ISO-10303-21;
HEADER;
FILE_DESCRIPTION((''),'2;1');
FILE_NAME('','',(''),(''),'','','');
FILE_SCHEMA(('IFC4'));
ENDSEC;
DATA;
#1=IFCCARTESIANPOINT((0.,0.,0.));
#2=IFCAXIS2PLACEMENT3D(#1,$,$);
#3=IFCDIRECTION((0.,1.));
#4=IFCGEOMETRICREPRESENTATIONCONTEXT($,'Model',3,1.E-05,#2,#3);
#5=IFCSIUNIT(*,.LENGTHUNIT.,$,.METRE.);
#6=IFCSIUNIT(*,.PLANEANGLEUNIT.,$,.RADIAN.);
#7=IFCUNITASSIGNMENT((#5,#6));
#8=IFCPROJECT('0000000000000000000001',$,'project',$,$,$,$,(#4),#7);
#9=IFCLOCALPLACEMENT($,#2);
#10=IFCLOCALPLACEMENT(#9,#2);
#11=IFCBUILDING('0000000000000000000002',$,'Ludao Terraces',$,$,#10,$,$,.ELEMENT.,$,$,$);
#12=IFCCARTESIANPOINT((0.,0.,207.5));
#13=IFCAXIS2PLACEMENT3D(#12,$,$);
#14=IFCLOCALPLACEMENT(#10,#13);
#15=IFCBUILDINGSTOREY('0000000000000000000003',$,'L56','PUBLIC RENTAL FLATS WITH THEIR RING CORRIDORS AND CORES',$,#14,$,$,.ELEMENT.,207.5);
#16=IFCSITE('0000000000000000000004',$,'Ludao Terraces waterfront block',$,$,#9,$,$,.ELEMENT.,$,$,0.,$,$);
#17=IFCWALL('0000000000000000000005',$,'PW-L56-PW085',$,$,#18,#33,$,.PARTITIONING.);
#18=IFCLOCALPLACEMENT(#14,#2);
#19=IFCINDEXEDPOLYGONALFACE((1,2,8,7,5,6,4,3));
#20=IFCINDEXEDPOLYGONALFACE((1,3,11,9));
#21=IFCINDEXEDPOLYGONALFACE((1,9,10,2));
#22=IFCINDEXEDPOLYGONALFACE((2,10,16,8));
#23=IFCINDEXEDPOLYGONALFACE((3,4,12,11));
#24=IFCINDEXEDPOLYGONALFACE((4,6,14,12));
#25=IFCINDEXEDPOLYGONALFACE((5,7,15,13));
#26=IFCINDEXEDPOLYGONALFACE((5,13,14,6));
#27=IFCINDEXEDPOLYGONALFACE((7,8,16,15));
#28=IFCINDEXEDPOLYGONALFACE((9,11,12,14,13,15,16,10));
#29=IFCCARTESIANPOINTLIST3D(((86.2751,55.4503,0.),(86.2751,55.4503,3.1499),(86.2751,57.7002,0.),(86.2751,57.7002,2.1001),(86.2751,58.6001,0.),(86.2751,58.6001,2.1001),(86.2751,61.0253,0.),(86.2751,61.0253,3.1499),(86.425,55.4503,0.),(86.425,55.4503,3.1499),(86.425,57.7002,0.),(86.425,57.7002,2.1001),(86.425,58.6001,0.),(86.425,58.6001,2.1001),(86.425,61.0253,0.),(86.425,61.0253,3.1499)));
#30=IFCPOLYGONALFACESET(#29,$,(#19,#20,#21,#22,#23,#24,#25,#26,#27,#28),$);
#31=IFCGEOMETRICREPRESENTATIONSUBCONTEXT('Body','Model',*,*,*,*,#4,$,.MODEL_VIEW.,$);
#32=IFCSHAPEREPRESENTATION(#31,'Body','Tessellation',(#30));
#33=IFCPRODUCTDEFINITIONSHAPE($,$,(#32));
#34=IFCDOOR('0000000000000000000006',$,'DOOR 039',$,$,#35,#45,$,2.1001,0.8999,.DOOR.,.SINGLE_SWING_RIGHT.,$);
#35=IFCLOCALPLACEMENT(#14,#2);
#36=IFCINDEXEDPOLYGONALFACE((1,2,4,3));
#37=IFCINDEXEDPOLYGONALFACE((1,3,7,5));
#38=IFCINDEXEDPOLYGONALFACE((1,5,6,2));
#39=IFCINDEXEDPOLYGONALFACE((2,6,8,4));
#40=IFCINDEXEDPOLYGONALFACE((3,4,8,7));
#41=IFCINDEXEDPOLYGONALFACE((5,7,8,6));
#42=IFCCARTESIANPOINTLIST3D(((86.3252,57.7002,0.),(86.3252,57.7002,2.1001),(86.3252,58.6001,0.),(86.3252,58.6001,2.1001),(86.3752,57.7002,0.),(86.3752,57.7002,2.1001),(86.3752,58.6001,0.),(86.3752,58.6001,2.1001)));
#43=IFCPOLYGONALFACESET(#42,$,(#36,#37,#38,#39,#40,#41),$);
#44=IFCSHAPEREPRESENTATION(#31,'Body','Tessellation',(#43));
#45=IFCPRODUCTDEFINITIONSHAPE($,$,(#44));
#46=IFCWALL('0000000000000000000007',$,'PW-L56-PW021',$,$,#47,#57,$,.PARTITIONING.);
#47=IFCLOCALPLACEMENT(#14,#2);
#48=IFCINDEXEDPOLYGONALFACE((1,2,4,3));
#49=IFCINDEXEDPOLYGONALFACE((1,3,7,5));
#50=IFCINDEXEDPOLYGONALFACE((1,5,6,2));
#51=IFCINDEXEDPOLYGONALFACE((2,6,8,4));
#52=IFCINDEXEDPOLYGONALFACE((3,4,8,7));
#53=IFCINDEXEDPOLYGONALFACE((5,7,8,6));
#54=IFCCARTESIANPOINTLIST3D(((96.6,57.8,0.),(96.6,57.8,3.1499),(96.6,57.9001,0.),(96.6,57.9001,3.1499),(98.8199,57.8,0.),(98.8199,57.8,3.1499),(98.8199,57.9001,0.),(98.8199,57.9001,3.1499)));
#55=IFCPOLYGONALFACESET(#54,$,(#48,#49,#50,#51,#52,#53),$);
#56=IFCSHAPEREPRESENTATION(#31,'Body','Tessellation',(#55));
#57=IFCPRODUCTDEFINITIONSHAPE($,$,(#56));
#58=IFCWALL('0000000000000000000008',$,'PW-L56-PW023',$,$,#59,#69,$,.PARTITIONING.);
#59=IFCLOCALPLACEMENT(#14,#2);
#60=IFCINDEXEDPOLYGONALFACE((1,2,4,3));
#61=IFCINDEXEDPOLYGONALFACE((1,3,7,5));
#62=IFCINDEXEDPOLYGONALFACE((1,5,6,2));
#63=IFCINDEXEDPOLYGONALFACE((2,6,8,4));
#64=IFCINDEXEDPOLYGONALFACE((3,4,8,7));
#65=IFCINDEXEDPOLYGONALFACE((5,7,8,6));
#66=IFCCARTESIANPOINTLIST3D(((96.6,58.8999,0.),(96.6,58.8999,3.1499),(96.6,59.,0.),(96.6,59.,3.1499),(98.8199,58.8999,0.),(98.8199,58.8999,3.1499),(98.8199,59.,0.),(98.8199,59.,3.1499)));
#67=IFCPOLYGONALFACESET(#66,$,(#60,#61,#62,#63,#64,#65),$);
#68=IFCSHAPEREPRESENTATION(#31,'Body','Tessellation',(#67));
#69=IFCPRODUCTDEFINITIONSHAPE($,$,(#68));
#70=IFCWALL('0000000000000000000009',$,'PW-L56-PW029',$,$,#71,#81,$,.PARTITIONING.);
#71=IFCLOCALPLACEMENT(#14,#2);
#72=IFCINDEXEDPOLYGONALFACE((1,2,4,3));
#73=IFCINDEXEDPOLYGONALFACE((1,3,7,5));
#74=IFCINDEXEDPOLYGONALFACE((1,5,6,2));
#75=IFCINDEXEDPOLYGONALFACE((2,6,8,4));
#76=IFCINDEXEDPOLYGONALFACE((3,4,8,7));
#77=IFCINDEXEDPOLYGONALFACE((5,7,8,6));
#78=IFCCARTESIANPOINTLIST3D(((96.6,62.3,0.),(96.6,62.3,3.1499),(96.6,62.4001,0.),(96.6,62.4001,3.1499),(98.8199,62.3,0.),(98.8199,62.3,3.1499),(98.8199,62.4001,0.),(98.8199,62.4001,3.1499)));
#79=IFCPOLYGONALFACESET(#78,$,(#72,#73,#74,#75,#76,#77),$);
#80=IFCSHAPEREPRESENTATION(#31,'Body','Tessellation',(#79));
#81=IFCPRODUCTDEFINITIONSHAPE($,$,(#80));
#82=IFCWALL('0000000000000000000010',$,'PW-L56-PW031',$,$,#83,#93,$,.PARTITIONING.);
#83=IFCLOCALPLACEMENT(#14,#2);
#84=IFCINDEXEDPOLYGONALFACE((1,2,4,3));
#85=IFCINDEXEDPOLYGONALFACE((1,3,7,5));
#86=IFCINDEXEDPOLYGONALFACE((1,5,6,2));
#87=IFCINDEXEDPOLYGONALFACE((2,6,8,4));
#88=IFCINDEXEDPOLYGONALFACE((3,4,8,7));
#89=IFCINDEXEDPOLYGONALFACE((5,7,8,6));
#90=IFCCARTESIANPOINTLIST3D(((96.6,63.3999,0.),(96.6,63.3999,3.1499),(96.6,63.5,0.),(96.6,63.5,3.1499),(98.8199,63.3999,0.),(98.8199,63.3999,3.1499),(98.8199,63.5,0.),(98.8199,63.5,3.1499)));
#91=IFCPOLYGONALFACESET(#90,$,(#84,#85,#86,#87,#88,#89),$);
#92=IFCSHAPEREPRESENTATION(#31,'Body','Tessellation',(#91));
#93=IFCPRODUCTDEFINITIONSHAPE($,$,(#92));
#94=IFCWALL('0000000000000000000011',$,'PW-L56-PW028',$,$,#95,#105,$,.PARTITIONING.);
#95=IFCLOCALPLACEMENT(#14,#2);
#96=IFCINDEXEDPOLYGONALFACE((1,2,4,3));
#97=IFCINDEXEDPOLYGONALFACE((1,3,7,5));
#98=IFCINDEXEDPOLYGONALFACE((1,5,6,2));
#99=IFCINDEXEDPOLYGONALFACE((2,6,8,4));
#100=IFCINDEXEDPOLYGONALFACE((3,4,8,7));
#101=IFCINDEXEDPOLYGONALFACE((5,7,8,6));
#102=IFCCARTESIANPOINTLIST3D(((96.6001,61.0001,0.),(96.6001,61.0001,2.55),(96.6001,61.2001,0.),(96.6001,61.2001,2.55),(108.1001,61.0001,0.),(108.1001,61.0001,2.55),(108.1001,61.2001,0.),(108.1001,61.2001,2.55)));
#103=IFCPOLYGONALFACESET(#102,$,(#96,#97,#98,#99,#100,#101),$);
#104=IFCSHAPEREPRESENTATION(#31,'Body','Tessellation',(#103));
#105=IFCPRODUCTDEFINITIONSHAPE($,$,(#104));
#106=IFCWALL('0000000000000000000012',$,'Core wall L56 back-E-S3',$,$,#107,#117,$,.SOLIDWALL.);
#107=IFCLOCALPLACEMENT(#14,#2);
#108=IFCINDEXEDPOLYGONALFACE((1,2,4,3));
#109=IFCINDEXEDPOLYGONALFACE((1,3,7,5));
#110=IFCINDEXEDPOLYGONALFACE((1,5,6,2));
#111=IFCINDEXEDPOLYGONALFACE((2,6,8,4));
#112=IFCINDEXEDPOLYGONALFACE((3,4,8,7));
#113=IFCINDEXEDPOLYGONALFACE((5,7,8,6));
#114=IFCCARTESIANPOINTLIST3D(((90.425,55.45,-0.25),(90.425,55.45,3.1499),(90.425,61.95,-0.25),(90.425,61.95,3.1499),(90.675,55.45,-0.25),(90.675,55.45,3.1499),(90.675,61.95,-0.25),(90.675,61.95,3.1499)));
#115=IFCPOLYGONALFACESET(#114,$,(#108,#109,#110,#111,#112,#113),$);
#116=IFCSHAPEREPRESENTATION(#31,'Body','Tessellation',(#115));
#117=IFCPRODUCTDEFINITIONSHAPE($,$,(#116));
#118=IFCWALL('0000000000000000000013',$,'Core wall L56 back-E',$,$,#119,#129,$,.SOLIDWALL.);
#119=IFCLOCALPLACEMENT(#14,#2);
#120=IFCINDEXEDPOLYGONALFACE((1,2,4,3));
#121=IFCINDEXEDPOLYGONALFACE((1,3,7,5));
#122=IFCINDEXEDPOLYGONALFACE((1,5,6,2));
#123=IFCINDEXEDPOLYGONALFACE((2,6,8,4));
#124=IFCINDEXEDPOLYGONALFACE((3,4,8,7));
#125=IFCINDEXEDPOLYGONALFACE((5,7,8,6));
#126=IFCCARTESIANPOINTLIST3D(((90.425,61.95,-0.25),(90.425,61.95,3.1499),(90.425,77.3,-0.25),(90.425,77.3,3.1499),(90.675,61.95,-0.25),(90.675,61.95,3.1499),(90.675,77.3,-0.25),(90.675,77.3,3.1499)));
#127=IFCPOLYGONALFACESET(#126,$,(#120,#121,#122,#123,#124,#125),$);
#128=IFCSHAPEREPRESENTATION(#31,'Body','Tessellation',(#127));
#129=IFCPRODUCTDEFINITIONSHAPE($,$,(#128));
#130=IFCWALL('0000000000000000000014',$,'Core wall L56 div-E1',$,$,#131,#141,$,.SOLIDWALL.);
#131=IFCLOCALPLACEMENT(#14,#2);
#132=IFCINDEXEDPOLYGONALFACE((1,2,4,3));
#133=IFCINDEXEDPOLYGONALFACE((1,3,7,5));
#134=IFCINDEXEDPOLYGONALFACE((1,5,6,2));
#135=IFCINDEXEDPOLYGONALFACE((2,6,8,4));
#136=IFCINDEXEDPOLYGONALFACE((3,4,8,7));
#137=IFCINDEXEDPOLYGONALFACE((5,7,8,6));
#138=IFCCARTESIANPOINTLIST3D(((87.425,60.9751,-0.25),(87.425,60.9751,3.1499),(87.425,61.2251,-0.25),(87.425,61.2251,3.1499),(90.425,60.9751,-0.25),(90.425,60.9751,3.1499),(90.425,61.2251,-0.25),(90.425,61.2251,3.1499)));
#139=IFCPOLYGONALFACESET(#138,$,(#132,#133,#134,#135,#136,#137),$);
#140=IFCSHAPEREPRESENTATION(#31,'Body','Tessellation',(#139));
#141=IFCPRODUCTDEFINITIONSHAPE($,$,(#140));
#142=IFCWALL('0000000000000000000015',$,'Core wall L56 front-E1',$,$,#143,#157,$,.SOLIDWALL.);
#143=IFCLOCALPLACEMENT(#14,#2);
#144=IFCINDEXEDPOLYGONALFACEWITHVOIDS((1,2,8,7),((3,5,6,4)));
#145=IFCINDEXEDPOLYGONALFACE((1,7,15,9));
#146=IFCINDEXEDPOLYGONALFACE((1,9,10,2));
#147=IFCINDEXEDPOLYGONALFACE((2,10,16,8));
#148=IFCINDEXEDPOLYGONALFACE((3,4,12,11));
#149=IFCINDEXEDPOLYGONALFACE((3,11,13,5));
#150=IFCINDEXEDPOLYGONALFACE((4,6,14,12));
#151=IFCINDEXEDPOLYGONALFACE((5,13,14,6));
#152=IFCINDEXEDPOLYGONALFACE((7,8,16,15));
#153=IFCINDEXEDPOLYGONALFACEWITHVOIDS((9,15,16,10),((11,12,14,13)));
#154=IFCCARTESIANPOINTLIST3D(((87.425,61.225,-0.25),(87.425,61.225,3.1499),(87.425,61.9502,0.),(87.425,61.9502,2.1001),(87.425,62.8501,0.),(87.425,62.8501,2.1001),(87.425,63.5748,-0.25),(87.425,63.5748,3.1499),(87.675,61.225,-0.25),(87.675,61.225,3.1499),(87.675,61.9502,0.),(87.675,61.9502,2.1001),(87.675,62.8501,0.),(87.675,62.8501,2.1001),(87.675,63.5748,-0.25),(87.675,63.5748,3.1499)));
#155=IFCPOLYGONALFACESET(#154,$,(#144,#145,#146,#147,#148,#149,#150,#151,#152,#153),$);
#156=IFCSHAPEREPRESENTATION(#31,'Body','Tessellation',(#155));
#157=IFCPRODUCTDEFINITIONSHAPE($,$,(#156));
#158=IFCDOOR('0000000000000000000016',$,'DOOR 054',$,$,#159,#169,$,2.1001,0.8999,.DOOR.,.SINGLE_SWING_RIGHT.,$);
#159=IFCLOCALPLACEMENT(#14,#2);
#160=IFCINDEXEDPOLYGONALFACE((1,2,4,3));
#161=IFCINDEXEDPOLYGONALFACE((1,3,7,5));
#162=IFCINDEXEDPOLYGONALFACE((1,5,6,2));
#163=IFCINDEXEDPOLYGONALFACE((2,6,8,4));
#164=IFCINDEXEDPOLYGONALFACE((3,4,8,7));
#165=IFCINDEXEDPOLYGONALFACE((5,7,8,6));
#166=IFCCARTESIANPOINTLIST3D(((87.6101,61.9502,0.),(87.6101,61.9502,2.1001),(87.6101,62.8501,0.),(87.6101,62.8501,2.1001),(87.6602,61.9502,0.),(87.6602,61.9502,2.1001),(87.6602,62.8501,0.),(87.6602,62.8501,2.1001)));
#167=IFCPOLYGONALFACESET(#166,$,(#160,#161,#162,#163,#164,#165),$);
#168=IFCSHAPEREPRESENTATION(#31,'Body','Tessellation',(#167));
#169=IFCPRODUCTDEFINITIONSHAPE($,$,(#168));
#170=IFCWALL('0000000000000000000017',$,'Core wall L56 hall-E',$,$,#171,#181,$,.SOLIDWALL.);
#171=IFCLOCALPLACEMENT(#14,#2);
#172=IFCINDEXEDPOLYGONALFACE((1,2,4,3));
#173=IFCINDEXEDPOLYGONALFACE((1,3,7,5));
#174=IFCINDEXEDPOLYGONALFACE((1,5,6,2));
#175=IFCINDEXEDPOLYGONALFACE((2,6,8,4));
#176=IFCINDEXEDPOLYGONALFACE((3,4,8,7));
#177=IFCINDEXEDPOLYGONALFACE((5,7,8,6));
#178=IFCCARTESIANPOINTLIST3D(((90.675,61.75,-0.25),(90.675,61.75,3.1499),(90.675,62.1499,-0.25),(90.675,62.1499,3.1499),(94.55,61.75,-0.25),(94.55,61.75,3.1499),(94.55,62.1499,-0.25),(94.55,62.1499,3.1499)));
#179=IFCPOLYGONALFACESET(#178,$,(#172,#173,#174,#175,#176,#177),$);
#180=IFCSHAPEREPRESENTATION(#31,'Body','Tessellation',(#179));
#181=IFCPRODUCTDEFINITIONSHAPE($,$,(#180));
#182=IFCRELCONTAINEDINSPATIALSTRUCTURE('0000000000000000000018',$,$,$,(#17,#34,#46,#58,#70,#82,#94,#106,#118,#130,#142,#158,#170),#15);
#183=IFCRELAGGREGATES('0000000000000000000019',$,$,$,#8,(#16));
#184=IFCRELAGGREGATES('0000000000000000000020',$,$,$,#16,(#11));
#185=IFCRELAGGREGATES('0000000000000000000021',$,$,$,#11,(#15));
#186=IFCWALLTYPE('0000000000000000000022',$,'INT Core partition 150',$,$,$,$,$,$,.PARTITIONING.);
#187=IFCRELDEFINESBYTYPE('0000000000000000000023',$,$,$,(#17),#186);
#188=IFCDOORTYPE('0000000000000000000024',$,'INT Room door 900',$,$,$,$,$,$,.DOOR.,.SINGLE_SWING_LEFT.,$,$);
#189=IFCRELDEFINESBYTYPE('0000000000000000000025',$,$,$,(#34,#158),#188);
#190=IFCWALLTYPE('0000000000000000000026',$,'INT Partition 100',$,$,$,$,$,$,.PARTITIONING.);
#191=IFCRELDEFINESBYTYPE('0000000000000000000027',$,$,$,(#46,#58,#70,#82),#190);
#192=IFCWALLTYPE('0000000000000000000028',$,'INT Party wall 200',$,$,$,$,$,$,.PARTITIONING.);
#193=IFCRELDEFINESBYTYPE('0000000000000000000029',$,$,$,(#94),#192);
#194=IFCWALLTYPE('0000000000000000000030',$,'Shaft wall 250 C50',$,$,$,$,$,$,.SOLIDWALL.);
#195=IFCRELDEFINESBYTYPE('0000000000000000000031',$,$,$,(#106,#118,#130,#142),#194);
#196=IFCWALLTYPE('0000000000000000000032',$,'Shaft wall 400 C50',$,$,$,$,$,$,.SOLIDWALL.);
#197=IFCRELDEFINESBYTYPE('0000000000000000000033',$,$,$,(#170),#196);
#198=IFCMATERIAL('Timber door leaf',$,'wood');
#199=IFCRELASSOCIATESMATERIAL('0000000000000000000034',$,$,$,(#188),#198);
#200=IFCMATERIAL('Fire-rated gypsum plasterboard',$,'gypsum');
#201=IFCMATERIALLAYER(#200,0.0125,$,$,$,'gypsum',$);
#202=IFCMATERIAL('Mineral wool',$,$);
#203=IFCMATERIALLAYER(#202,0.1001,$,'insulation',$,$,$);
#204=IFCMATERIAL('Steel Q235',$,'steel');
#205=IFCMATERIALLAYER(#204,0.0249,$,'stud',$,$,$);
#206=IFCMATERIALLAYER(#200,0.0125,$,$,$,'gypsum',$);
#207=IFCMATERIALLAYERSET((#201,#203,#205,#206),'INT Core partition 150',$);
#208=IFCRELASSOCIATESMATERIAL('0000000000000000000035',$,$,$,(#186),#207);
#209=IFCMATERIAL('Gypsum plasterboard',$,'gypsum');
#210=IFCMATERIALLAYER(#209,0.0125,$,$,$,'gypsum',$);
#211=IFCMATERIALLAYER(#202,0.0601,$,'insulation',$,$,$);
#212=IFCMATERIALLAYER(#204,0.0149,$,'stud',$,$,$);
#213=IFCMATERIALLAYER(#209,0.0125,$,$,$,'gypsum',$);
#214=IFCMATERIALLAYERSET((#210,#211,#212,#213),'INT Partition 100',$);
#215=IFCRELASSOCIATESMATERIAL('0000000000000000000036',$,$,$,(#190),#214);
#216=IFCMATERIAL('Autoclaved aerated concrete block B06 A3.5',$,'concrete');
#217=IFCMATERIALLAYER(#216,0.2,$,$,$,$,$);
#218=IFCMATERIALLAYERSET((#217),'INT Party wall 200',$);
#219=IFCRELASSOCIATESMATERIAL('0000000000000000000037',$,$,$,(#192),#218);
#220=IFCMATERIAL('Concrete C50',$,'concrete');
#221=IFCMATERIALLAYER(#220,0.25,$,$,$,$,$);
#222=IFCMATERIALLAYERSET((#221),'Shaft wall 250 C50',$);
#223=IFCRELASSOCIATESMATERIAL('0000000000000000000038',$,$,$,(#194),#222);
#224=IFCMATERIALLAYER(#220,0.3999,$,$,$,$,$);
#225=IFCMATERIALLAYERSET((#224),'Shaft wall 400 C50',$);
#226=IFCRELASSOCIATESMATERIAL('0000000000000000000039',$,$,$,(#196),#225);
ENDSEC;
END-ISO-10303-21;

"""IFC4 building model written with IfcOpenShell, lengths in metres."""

from ifc_helpers import new_model, si_unit, direction, frame, frame_2d, origin, place, context, subcontext, project, spatial, rectangle, extrude, material, layer, layer_set, type_object, element, fill, save


model = new_model("IFC4")

# Units and contexts
model_context = context("Model", 3, precision=1e-05, world=origin(), true_north=direction((0.0, 1.0)))
body_context = subcontext(model_context, "Body", "Model", "MODEL_VIEW")
ifc_project = project(units=[si_unit("LENGTHUNIT", "METRE"), si_unit("PLANEANGLEUNIT", "RADIAN")], contexts=[model_context])

# Site, building, storey
site_placement = place(None, origin())
site = spatial("IfcSite", under=ifc_project, at=site_placement, Name="Ludao Terraces waterfront block", CompositionType="ELEMENT", RefElevation=0.0)
building_placement = place(site_placement, origin())
building = spatial("IfcBuilding", under=site, at=building_placement, Name="Ludao Terraces", CompositionType="ELEMENT")
storey_placement = place(building_placement, frame((0.0, 0.0, 207.5)))
storey = spatial("IfcBuildingStorey", under=building, at=storey_placement, Name="L56", Description="PUBLIC RENTAL FLATS WITH THEIR RING CORRIDORS AND CORES", CompositionType="ELEMENT", Elevation=207.5)

# Shared definitions
ifc_material_1 = material(Name="Concrete C50", Category="concrete")
ifc_material_2 = material(Name="Steel Q235", Category="steel")
ifc_material_3 = material(Name="Timber door leaf", Category="wood")
door_type_1 = type_object("IfcDoorType", Name="INT Room door 900", OperationType="SINGLE_SWING_LEFT", PredefinedType="DOOR", material=ifc_material_3)

# Wall, opening, door
ifc_material_4 = material(Name="Fire-rated gypsum plasterboard", Category="gypsum")
ifc_layer_1 = layer(ifc_material_4, 0.0125, Category="gypsum")
ifc_material_5 = material(Name="Mineral wool")
ifc_layer_2 = layer(ifc_material_5, 0.1001, Name="insulation")
ifc_layer_3 = layer(ifc_material_2, 0.0249, Name="stud")
ifc_layer_4 = layer(ifc_material_4, 0.0125, Category="gypsum")
ifc_layer_set_1 = layer_set([ifc_layer_1, ifc_layer_2, ifc_layer_3, ifc_layer_4], Name="INT Core partition 150")
wall_type_1 = type_object("IfcWallType", Name="INT Core partition 150", PredefinedType="PARTITIONING", material=ifc_layer_set_1)
wall_1_placement = place(storey_placement, frame((86.3501, 55.4502, 0.0), z_axis=(0.0, 0.0, 1.0), x_axis=(0.0, 1.0, 0.0)))
wall_1 = element("IfcWall", 1, at=wall_1_placement, inside=storey, type_object=wall_type_1, Name="PW-L56-PW085", PredefinedType="PARTITIONING", context=body_context, shape_type="SweptSolid", body=[
    extrude(rectangle(XDim=5.575, YDim=0.1499, at=frame_2d((2.7876, 0.0))), origin(), (0.0, 0.0, 1.0), 3.1499),
])
opening_1_placement = place(wall_1_placement, frame((2.25, 0.0, 0.0)))
opening_1 = element("IfcOpeningElement", 2, at=opening_1_placement, cuts=wall_1, PredefinedType="OPENING", context=body_context, shape_type="SweptSolid", body=[
    extrude(rectangle(XDim=0.8999, YDim=2.1001, at=frame_2d((0.45, 1.05))), frame((0.0, 0.085, 0.0), z_axis=(0.0, -1.0, 0.0), x_axis=(1.0, 0.0, 0.0)), (0.0, 0.0, 1.0), 0.1699),
])
door_1_placement = place(opening_1_placement, origin())
door_1 = element("IfcDoor", 3, at=door_1_placement, inside=storey, type_object=door_type_1, Name="DOOR 039", OperationType="SINGLE_SWING_RIGHT", OverallHeight=2.1001, OverallWidth=0.8999, PredefinedType="DOOR", context=body_context, shape_type="SweptSolid", body=[
    extrude(rectangle(XDim=0.8999, YDim=2.1001, at=frame_2d((0.45, 1.05))), frame((0.0, 0.0249, 0.0), z_axis=(0.0, -1.0, 0.0), x_axis=(1.0, 0.0, 0.0)), (0.0, 0.0, 1.0), 0.05),
])
fill(opening_1, door_1)

# Walls
ifc_material_6 = material(Name="Gypsum plasterboard", Category="gypsum")
ifc_layer_5 = layer(ifc_material_6, 0.0125, Category="gypsum")
ifc_layer_6 = layer(ifc_material_5, 0.0601, Name="insulation")
ifc_layer_7 = layer(ifc_material_2, 0.0149, Name="stud")
ifc_layer_8 = layer(ifc_material_6, 0.0125, Category="gypsum")
ifc_layer_set_2 = layer_set([ifc_layer_5, ifc_layer_6, ifc_layer_7, ifc_layer_8], Name="INT Partition 100")
wall_type_2 = type_object("IfcWallType", Name="INT Partition 100", PredefinedType="PARTITIONING", material=ifc_layer_set_2)
for number, where, z_axis, x_axis, name in (
    (4, (96.6001, 57.8501, 0.0), (0.0, 0.0, 1.0), (1.0, 0.0, 0.0), "PW-L56-PW021"),
    (5, (96.6001, 58.95, 0.0), (0.0, 0.0, 1.0), (1.0, 0.0, 0.0), "PW-L56-PW023"),
    (6, (96.6001, 62.3501, 0.0), (0.0, 0.0, 1.0), (1.0, 0.0, 0.0), "PW-L56-PW029"),
    (7, (96.6001, 63.45, 0.0), (0.0, 0.0, 1.0), (1.0, 0.0, 0.0), "PW-L56-PW031"),
):
    element("IfcWall", number, at=place(storey_placement, frame(where, z_axis=z_axis, x_axis=x_axis)), inside=storey, type_object=wall_type_2, Name=name, PredefinedType="PARTITIONING", context=body_context, shape_type="SweptSolid", body=[
        extrude(rectangle(XDim=2.22, YDim=0.1001, at=frame_2d((1.1099, 0.0))), origin(), (0.0, 0.0, 1.0), 3.1499),
    ])
ifc_material_7 = material(Name="Autoclaved aerated concrete block B06 A3.5", Category="concrete")
ifc_layer_9 = layer(ifc_material_7, 0.2)
ifc_layer_set_3 = layer_set([ifc_layer_9], Name="INT Party wall 200")
wall_type_3 = type_object("IfcWallType", Name="INT Party wall 200", PredefinedType="PARTITIONING", material=ifc_layer_set_3)
wall_2_placement = place(storey_placement, frame((96.6001, 61.1001, 0.0), z_axis=(0.0, 0.0, 1.0), x_axis=(1.0, 0.0, 0.0)))
element("IfcWall", 8, at=wall_2_placement, inside=storey, type_object=wall_type_3, Name="PW-L56-PW028", PredefinedType="PARTITIONING", context=body_context, shape_type="SweptSolid", body=[
    extrude(rectangle(XDim=11.5, YDim=0.2, at=frame_2d((5.75, 0.0))), origin(), (0.0, 0.0, 1.0), 2.55),
])
ifc_layer_10 = layer(ifc_material_1, 0.25)
ifc_layer_set_4 = layer_set([ifc_layer_10], Name="Shaft wall 250 C50")
wall_type_4 = type_object("IfcWallType", Name="Shaft wall 250 C50", PredefinedType="SOLIDWALL", material=ifc_layer_set_4)
wall_3_placement = place(storey_placement, frame((90.55, 55.45, -0.25), z_axis=(0.0, 0.0, 1.0), x_axis=(0.0, 1.0, 0.0)))
element("IfcWall", 9, at=wall_3_placement, inside=storey, type_object=wall_type_4, Name="Core wall L56 back-E-S3", PredefinedType="SOLIDWALL", context=body_context, shape_type="SweptSolid", body=[
    extrude(rectangle(XDim=6.5, YDim=0.25, at=frame_2d((3.25, 0.0))), origin(), (0.0, 0.0, 1.0), 3.3999),
])
wall_4_placement = place(storey_placement, frame((90.55, 61.95, -0.25), z_axis=(0.0, 0.0, 1.0), x_axis=(0.0, 1.0, 0.0)))
element("IfcWall", 10, at=wall_4_placement, inside=storey, type_object=wall_type_4, Name="Core wall L56 back-E", PredefinedType="SOLIDWALL", context=body_context, shape_type="SweptSolid", body=[
    extrude(rectangle(XDim=15.3501, YDim=0.25, at=frame_2d((7.675, 0.0))), origin(), (0.0, 0.0, 1.0), 3.3999),
])
wall_5_placement = place(storey_placement, frame((87.425, 61.1001, -0.25), z_axis=(0.0, 0.0, 1.0), x_axis=(1.0, 0.0, 0.0)))
element("IfcWall", 11, at=wall_5_placement, inside=storey, type_object=wall_type_4, Name="Core wall L56 div-E1", PredefinedType="SOLIDWALL", context=body_context, shape_type="SweptSolid", body=[
    extrude(rectangle(XDim=3.0, YDim=0.25, at=frame_2d((1.5, 0.0))), origin(), (0.0, 0.0, 1.0), 3.3999),
])

# Wall, opening, door
wall_6_placement = place(storey_placement, frame((87.55, 61.2251, -0.25), z_axis=(0.0, 0.0, 1.0), x_axis=(0.0, 1.0, 0.0)))
wall_6 = element("IfcWall", 12, at=wall_6_placement, inside=storey, type_object=wall_type_4, Name="Core wall L56 front-E1", PredefinedType="SOLIDWALL", context=body_context, shape_type="SweptSolid", body=[
    extrude(rectangle(XDim=2.3499, YDim=0.25, at=frame_2d((1.1748, 0.0))), origin(), (0.0, 0.0, 1.0), 3.3999),
])
opening_2_placement = place(wall_6_placement, frame((0.7251, 0.0, 0.25)))
opening_2 = element("IfcOpeningElement", 13, at=opening_2_placement, cuts=wall_6, PredefinedType="OPENING", context=body_context, shape_type="SweptSolid", body=[
    extrude(rectangle(XDim=0.8999, YDim=2.1001, at=frame_2d((0.45, 1.05))), frame((0.0, 0.135, 0.0), z_axis=(0.0, -1.0, 0.0), x_axis=(1.0, 0.0, 0.0)), (0.0, 0.0, 1.0), 0.27),
])
door_2_placement = place(opening_2_placement, origin())
door_2 = element("IfcDoor", 14, at=door_2_placement, inside=storey, type_object=door_type_1, Name="DOOR 054", OperationType="SINGLE_SWING_RIGHT", OverallHeight=2.1001, OverallWidth=0.8999, PredefinedType="DOOR", context=body_context, shape_type="SweptSolid", body=[
    extrude(rectangle(XDim=0.8999, YDim=2.1001, at=frame_2d((0.45, 1.05))), frame((0.0, -0.0601, 0.0), z_axis=(0.0, -1.0, 0.0), x_axis=(1.0, 0.0, 0.0)), (0.0, 0.0, 1.0), 0.05),
])
fill(opening_2, door_2)

# Wall
ifc_layer_11 = layer(ifc_material_1, 0.3999)
ifc_layer_set_5 = layer_set([ifc_layer_11], Name="Shaft wall 400 C50")
wall_type_5 = type_object("IfcWallType", Name="Shaft wall 400 C50", PredefinedType="SOLIDWALL", material=ifc_layer_set_5)
wall_7_placement = place(storey_placement, frame((90.675, 61.95, -0.25), z_axis=(0.0, 0.0, 1.0), x_axis=(1.0, 0.0, 0.0)))
element("IfcWall", 15, at=wall_7_placement, inside=storey, type_object=wall_type_5, Name="Core wall L56 hall-E", PredefinedType="SOLIDWALL", context=body_context, shape_type="SweptSolid", body=[
    extrude(rectangle(XDim=3.875, YDim=0.3999, at=frame_2d((1.9375, 0.0))), origin(), (0.0, 0.0, 1.0), 3.3999),
])

save(model, "model.ifc")
